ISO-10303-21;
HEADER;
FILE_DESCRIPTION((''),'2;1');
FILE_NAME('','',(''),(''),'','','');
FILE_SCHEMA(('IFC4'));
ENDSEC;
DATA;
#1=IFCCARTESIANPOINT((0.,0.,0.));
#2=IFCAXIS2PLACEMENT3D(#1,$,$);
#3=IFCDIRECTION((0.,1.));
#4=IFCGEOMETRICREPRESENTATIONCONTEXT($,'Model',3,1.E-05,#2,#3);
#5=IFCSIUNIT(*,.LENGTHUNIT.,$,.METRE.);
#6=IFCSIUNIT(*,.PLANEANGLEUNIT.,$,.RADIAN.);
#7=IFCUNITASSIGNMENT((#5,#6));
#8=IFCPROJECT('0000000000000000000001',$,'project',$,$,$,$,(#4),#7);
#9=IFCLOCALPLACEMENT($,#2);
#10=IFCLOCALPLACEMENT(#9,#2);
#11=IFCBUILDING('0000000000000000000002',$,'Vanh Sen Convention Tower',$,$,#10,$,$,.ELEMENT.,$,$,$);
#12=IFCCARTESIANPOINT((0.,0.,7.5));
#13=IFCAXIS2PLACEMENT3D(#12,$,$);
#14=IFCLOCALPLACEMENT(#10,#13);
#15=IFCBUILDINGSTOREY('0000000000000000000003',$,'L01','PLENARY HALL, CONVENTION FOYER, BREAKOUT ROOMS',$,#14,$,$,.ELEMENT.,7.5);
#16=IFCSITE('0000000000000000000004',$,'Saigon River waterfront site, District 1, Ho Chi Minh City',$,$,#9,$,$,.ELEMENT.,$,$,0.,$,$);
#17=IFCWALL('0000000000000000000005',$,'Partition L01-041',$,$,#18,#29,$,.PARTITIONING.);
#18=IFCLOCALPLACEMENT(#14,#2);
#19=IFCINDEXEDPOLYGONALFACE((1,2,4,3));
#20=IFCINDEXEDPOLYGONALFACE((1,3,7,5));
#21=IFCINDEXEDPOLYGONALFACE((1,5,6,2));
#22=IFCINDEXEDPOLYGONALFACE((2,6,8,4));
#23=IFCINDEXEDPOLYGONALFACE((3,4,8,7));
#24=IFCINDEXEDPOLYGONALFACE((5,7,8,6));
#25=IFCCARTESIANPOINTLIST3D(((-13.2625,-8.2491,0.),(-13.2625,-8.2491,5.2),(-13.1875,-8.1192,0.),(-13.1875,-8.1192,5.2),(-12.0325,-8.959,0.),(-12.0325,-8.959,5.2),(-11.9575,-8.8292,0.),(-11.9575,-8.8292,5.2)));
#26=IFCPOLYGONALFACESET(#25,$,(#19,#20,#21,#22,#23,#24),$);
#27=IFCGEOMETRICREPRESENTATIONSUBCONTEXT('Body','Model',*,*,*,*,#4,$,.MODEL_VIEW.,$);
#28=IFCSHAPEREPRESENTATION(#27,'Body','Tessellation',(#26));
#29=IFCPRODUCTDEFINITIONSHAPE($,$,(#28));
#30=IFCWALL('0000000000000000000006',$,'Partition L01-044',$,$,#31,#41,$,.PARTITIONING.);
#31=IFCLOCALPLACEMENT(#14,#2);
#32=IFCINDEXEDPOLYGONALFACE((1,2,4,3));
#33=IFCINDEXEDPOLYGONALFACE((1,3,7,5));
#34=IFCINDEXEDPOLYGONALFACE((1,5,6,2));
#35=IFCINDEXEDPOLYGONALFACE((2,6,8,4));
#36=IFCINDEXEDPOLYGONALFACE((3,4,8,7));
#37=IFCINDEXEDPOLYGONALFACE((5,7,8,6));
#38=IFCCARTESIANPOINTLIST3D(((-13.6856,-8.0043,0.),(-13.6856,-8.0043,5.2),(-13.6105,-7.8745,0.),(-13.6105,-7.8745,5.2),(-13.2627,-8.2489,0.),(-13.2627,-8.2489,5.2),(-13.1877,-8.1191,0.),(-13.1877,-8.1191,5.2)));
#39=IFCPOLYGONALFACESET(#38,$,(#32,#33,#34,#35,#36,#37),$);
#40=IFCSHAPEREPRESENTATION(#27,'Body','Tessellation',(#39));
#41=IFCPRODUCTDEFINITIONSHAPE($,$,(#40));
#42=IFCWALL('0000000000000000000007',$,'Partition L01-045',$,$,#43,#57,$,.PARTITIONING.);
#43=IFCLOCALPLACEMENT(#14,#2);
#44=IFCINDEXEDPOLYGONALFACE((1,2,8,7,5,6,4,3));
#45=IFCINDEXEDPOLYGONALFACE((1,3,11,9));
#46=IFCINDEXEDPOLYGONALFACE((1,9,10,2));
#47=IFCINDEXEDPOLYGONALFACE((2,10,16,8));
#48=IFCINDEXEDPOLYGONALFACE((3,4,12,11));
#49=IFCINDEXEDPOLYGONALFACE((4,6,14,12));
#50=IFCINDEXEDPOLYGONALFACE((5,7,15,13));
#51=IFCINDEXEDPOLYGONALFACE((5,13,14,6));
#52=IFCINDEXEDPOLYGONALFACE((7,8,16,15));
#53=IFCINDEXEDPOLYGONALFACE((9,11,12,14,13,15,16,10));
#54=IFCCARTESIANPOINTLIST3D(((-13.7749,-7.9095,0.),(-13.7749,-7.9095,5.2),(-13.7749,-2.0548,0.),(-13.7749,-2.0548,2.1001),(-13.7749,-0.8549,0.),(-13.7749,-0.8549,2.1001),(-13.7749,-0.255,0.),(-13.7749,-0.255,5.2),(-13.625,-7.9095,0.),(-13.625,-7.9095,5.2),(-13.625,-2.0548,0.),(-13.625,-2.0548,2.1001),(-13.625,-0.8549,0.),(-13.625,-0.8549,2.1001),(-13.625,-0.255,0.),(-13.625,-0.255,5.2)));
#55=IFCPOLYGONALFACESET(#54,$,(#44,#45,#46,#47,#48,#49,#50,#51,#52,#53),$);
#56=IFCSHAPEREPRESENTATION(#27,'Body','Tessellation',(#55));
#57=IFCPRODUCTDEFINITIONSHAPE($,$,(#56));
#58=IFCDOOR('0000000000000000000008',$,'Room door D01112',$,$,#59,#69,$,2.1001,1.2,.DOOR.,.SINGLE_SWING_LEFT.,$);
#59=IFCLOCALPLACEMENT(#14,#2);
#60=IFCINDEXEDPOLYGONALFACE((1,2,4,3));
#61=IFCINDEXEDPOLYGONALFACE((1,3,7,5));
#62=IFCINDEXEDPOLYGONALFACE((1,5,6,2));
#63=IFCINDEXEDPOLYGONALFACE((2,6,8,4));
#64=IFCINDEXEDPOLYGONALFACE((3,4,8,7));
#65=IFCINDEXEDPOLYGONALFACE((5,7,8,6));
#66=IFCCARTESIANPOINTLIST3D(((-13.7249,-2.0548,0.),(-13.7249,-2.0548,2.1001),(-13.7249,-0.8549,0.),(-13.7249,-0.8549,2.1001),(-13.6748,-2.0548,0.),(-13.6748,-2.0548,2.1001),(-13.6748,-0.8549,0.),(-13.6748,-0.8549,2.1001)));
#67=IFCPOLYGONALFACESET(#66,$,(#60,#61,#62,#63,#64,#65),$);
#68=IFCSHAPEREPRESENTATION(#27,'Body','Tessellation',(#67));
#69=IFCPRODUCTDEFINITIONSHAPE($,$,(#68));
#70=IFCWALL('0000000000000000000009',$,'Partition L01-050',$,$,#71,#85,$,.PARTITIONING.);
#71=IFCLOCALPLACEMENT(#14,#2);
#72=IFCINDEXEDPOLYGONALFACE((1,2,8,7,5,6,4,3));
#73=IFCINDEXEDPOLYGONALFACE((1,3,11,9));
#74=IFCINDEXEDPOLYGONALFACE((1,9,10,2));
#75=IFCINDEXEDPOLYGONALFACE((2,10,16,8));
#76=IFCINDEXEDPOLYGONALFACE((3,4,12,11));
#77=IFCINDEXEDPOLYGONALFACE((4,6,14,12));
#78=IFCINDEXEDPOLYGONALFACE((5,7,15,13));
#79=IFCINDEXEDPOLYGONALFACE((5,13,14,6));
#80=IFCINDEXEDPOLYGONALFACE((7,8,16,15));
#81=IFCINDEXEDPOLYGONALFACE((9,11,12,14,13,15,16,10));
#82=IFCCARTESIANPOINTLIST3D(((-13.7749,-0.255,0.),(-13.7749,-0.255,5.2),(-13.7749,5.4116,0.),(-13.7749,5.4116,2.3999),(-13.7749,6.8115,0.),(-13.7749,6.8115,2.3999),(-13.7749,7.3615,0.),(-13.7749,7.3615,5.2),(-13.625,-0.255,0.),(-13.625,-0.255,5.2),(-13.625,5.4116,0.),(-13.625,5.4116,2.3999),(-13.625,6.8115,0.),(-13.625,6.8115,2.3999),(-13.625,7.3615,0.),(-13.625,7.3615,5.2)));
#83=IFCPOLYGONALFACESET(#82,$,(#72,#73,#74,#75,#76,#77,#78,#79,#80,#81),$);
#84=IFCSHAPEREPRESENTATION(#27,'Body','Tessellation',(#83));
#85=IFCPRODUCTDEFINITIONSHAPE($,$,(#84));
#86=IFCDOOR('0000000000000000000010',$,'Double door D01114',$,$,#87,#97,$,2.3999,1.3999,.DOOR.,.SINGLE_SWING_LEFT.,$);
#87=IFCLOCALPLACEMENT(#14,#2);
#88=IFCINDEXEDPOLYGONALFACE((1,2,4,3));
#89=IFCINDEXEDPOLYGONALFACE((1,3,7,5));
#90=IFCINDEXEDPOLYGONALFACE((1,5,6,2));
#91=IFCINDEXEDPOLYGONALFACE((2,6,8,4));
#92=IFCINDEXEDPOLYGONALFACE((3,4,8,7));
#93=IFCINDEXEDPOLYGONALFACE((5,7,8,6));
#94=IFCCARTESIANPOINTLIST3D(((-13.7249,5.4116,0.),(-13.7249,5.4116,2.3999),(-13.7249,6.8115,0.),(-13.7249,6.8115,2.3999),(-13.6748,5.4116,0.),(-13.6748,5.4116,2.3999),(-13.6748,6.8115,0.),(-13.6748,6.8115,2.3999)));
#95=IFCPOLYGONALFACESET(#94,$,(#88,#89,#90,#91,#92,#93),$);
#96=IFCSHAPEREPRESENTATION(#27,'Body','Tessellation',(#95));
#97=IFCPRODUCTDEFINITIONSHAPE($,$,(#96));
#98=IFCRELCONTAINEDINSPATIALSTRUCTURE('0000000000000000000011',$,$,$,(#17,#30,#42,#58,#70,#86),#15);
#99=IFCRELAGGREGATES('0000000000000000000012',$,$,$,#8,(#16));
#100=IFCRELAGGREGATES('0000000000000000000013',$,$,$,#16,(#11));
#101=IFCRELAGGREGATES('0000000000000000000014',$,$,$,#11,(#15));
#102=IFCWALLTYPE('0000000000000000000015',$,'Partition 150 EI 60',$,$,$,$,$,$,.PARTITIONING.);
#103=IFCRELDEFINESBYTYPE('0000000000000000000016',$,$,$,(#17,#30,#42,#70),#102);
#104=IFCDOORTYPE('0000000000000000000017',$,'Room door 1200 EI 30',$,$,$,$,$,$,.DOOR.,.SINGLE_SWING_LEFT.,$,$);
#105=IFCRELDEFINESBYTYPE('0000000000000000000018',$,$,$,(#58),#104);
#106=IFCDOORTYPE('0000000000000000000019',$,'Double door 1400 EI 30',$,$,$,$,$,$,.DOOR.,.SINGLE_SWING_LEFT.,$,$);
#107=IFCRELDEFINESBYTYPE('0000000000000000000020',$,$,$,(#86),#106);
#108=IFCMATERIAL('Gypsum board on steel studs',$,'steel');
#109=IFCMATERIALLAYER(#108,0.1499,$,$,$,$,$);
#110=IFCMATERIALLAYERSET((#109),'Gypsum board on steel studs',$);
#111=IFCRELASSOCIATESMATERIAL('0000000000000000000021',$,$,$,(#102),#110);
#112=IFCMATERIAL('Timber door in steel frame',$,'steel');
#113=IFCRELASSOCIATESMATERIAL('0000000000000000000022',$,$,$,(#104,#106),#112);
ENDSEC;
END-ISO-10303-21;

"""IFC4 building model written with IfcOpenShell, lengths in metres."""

from ifc_helpers import new_model, si_unit, direction, frame, frame_2d, origin, place, context, subcontext, project, spatial, rectangle, extrude, material, layer, layer_set, type_object, element, fill, save


model = new_model("IFC4")

# Units and contexts
model_context = context("Model", 3, precision=1e-05, world=origin(), true_north=direction((0.0, 1.0)))
body_context = subcontext(model_context, "Body", "Model", "MODEL_VIEW")
ifc_project = project(units=[si_unit("LENGTHUNIT", "METRE"), si_unit("PLANEANGLEUNIT", "RADIAN")], contexts=[model_context])

# Site, building, storey
site_placement = place(None, origin())
site = spatial("IfcSite", under=ifc_project, at=site_placement, Name="Saigon River waterfront site, District 1, Ho Chi Minh City", CompositionType="ELEMENT", RefElevation=0.0)
building_placement = place(site_placement, origin())
building = spatial("IfcBuilding", under=site, at=building_placement, Name="Vanh Sen Convention Tower", CompositionType="ELEMENT")
storey_placement = place(building_placement, frame((0.0, 0.0, 7.5)))
storey = spatial("IfcBuildingStorey", under=building, at=storey_placement, Name="L01", Description="PLENARY HALL, CONVENTION FOYER, BREAKOUT ROOMS", CompositionType="ELEMENT", Elevation=7.5)

# Walls
ifc_material_1 = material(Name="Gypsum board on steel studs", Category="steel")
ifc_layer_1 = layer(ifc_material_1, 0.1499)
ifc_layer_set_1 = layer_set([ifc_layer_1], Name="Gypsum board on steel studs")
wall_type_1 = type_object("IfcWallType", Name="Partition 150 EI 60", PredefinedType="PARTITIONING", material=ifc_layer_set_1)
wall_1_placement = place(storey_placement, frame((-11.9951, -8.894, 0.0), z_axis=(0.0, 0.0, 1.0), x_axis=(-0.866077, 0.499911, 0.0)))
element("IfcWall", 1, at=wall_1_placement, inside=storey, type_object=wall_type_1, Name="Partition L01-041", PredefinedType="PARTITIONING", context=body_context, shape_type="SweptSolid", body=[
    extrude(rectangle(XDim=1.4202, YDim=0.1499, at=frame_2d((0.71, 0.0))), origin(), (0.0, 0.0, 1.0), 5.2),
])
wall_2_placement = place(storey_placement, frame((-13.6479, -7.9395, 0.0), z_axis=(0.0, 0.0, 1.0), x_axis=(0.865586, -0.50076, 0.0)))
element("IfcWall", 2, at=wall_2_placement, inside=storey, type_object=wall_type_1, Name="Partition L01-044", PredefinedType="PARTITIONING", context=body_context, shape_type="SweptSolid", body=[
    extrude(rectangle(XDim=0.4885, YDim=0.1499, at=frame_2d((0.2441, 0.0))), origin(), (0.0, 0.0, 1.0), 5.2),
])

# Walls, openings, doors
wall_3_placement = place(storey_placement, frame((-13.7, -7.9094, 0.0), z_axis=(0.0, 0.0, 1.0), x_axis=(0.0, 1.0, 0.0)))
wall_3 = element("IfcWall", 3, at=wall_3_placement, inside=storey, type_object=wall_type_1, Name="Partition L01-045", PredefinedType="PARTITIONING", context=body_context, shape_type="SweptSolid", body=[
    extrude(rectangle(XDim=7.6545, YDim=0.1499, at=frame_2d((3.8271, 0.0))), origin(), (0.0, 0.0, 1.0), 5.2),
])
opening_1_placement = place(wall_3_placement, frame((5.8545, 0.0, 0.0)))
opening_1 = element("IfcOpeningElement", 4, at=opening_1_placement, cuts=wall_3, PredefinedType="OPENING", context=body_context, shape_type="SweptSolid", body=[
    extrude(rectangle(XDim=1.2, YDim=2.1001, at=frame_2d((0.6001, 1.05))), frame((0.0, 0.085, 0.0), z_axis=(0.0, -1.0, 0.0), x_axis=(1.0, 0.0, 0.0)), (0.0, 0.0, 1.0), 0.1699),
])
ifc_material_2 = material(Name="Timber door in steel frame", Category="steel")
door_type_1 = type_object("IfcDoorType", Name="Room door 1200 EI 30", OperationType="SINGLE_SWING_LEFT", PredefinedType="DOOR", material=ifc_material_2)
door_1_placement = place(opening_1_placement, origin())
door_1 = element("IfcDoor", 5, at=door_1_placement, inside=storey, type_object=door_type_1, Name="Room door D01112", OperationType="SINGLE_SWING_LEFT", OverallHeight=2.1001, OverallWidth=1.2, PredefinedType="DOOR", context=body_context, shape_type="SweptSolid", body=[
    extrude(rectangle(XDim=1.2, YDim=2.1001, at=frame_2d((0.6001, 1.05))), frame((0.0, 0.0249, 0.0), z_axis=(0.0, -1.0, 0.0), x_axis=(1.0, 0.0, 0.0)), (0.0, 0.0, 1.0), 0.05),
])
fill(opening_1, door_1)
wall_4_placement = place(storey_placement, frame((-13.7, -0.2549, 0.0), z_axis=(0.0, 0.0, 1.0), x_axis=(0.0, 1.0, 0.0)))
wall_4 = element("IfcWall", 6, at=wall_4_placement, inside=storey, type_object=wall_type_1, Name="Partition L01-050", PredefinedType="PARTITIONING", context=body_context, shape_type="SweptSolid", body=[
    extrude(rectangle(XDim=7.6165, YDim=0.1499, at=frame_2d((3.8081, 0.0))), origin(), (0.0, 0.0, 1.0), 5.2),
])
opening_2_placement = place(wall_4_placement, frame((5.6665, 0.0, 0.0)))
opening_2 = element("IfcOpeningElement", 7, at=opening_2_placement, cuts=wall_4, PredefinedType="OPENING", context=body_context, shape_type="SweptSolid", body=[
    extrude(rectangle(XDim=1.3999, YDim=2.3999, at=frame_2d((0.7, 1.2))), frame((0.0, 0.085, 0.0), z_axis=(0.0, -1.0, 0.0), x_axis=(1.0, 0.0, 0.0)), (0.0, 0.0, 1.0), 0.1699),
])
door_type_2 = type_object("IfcDoorType", Name="Double door 1400 EI 30", OperationType="SINGLE_SWING_LEFT", PredefinedType="DOOR", material=ifc_material_2)
door_2_placement = place(opening_2_placement, origin())
door_2 = element("IfcDoor", 8, at=door_2_placement, inside=storey, type_object=door_type_2, Name="Double door D01114", OperationType="SINGLE_SWING_LEFT", OverallHeight=2.3999, OverallWidth=1.3999, PredefinedType="DOOR", context=body_context, shape_type="SweptSolid", body=[
    extrude(rectangle(XDim=1.3999, YDim=2.3999, at=frame_2d((0.7, 1.2))), frame((0.0, 0.0249, 0.0), z_axis=(0.0, -1.0, 0.0), x_axis=(1.0, 0.0, 0.0)), (0.0, 0.0, 1.0), 0.05),
])
fill(opening_2, door_2)

save(model, "model.ifc")
